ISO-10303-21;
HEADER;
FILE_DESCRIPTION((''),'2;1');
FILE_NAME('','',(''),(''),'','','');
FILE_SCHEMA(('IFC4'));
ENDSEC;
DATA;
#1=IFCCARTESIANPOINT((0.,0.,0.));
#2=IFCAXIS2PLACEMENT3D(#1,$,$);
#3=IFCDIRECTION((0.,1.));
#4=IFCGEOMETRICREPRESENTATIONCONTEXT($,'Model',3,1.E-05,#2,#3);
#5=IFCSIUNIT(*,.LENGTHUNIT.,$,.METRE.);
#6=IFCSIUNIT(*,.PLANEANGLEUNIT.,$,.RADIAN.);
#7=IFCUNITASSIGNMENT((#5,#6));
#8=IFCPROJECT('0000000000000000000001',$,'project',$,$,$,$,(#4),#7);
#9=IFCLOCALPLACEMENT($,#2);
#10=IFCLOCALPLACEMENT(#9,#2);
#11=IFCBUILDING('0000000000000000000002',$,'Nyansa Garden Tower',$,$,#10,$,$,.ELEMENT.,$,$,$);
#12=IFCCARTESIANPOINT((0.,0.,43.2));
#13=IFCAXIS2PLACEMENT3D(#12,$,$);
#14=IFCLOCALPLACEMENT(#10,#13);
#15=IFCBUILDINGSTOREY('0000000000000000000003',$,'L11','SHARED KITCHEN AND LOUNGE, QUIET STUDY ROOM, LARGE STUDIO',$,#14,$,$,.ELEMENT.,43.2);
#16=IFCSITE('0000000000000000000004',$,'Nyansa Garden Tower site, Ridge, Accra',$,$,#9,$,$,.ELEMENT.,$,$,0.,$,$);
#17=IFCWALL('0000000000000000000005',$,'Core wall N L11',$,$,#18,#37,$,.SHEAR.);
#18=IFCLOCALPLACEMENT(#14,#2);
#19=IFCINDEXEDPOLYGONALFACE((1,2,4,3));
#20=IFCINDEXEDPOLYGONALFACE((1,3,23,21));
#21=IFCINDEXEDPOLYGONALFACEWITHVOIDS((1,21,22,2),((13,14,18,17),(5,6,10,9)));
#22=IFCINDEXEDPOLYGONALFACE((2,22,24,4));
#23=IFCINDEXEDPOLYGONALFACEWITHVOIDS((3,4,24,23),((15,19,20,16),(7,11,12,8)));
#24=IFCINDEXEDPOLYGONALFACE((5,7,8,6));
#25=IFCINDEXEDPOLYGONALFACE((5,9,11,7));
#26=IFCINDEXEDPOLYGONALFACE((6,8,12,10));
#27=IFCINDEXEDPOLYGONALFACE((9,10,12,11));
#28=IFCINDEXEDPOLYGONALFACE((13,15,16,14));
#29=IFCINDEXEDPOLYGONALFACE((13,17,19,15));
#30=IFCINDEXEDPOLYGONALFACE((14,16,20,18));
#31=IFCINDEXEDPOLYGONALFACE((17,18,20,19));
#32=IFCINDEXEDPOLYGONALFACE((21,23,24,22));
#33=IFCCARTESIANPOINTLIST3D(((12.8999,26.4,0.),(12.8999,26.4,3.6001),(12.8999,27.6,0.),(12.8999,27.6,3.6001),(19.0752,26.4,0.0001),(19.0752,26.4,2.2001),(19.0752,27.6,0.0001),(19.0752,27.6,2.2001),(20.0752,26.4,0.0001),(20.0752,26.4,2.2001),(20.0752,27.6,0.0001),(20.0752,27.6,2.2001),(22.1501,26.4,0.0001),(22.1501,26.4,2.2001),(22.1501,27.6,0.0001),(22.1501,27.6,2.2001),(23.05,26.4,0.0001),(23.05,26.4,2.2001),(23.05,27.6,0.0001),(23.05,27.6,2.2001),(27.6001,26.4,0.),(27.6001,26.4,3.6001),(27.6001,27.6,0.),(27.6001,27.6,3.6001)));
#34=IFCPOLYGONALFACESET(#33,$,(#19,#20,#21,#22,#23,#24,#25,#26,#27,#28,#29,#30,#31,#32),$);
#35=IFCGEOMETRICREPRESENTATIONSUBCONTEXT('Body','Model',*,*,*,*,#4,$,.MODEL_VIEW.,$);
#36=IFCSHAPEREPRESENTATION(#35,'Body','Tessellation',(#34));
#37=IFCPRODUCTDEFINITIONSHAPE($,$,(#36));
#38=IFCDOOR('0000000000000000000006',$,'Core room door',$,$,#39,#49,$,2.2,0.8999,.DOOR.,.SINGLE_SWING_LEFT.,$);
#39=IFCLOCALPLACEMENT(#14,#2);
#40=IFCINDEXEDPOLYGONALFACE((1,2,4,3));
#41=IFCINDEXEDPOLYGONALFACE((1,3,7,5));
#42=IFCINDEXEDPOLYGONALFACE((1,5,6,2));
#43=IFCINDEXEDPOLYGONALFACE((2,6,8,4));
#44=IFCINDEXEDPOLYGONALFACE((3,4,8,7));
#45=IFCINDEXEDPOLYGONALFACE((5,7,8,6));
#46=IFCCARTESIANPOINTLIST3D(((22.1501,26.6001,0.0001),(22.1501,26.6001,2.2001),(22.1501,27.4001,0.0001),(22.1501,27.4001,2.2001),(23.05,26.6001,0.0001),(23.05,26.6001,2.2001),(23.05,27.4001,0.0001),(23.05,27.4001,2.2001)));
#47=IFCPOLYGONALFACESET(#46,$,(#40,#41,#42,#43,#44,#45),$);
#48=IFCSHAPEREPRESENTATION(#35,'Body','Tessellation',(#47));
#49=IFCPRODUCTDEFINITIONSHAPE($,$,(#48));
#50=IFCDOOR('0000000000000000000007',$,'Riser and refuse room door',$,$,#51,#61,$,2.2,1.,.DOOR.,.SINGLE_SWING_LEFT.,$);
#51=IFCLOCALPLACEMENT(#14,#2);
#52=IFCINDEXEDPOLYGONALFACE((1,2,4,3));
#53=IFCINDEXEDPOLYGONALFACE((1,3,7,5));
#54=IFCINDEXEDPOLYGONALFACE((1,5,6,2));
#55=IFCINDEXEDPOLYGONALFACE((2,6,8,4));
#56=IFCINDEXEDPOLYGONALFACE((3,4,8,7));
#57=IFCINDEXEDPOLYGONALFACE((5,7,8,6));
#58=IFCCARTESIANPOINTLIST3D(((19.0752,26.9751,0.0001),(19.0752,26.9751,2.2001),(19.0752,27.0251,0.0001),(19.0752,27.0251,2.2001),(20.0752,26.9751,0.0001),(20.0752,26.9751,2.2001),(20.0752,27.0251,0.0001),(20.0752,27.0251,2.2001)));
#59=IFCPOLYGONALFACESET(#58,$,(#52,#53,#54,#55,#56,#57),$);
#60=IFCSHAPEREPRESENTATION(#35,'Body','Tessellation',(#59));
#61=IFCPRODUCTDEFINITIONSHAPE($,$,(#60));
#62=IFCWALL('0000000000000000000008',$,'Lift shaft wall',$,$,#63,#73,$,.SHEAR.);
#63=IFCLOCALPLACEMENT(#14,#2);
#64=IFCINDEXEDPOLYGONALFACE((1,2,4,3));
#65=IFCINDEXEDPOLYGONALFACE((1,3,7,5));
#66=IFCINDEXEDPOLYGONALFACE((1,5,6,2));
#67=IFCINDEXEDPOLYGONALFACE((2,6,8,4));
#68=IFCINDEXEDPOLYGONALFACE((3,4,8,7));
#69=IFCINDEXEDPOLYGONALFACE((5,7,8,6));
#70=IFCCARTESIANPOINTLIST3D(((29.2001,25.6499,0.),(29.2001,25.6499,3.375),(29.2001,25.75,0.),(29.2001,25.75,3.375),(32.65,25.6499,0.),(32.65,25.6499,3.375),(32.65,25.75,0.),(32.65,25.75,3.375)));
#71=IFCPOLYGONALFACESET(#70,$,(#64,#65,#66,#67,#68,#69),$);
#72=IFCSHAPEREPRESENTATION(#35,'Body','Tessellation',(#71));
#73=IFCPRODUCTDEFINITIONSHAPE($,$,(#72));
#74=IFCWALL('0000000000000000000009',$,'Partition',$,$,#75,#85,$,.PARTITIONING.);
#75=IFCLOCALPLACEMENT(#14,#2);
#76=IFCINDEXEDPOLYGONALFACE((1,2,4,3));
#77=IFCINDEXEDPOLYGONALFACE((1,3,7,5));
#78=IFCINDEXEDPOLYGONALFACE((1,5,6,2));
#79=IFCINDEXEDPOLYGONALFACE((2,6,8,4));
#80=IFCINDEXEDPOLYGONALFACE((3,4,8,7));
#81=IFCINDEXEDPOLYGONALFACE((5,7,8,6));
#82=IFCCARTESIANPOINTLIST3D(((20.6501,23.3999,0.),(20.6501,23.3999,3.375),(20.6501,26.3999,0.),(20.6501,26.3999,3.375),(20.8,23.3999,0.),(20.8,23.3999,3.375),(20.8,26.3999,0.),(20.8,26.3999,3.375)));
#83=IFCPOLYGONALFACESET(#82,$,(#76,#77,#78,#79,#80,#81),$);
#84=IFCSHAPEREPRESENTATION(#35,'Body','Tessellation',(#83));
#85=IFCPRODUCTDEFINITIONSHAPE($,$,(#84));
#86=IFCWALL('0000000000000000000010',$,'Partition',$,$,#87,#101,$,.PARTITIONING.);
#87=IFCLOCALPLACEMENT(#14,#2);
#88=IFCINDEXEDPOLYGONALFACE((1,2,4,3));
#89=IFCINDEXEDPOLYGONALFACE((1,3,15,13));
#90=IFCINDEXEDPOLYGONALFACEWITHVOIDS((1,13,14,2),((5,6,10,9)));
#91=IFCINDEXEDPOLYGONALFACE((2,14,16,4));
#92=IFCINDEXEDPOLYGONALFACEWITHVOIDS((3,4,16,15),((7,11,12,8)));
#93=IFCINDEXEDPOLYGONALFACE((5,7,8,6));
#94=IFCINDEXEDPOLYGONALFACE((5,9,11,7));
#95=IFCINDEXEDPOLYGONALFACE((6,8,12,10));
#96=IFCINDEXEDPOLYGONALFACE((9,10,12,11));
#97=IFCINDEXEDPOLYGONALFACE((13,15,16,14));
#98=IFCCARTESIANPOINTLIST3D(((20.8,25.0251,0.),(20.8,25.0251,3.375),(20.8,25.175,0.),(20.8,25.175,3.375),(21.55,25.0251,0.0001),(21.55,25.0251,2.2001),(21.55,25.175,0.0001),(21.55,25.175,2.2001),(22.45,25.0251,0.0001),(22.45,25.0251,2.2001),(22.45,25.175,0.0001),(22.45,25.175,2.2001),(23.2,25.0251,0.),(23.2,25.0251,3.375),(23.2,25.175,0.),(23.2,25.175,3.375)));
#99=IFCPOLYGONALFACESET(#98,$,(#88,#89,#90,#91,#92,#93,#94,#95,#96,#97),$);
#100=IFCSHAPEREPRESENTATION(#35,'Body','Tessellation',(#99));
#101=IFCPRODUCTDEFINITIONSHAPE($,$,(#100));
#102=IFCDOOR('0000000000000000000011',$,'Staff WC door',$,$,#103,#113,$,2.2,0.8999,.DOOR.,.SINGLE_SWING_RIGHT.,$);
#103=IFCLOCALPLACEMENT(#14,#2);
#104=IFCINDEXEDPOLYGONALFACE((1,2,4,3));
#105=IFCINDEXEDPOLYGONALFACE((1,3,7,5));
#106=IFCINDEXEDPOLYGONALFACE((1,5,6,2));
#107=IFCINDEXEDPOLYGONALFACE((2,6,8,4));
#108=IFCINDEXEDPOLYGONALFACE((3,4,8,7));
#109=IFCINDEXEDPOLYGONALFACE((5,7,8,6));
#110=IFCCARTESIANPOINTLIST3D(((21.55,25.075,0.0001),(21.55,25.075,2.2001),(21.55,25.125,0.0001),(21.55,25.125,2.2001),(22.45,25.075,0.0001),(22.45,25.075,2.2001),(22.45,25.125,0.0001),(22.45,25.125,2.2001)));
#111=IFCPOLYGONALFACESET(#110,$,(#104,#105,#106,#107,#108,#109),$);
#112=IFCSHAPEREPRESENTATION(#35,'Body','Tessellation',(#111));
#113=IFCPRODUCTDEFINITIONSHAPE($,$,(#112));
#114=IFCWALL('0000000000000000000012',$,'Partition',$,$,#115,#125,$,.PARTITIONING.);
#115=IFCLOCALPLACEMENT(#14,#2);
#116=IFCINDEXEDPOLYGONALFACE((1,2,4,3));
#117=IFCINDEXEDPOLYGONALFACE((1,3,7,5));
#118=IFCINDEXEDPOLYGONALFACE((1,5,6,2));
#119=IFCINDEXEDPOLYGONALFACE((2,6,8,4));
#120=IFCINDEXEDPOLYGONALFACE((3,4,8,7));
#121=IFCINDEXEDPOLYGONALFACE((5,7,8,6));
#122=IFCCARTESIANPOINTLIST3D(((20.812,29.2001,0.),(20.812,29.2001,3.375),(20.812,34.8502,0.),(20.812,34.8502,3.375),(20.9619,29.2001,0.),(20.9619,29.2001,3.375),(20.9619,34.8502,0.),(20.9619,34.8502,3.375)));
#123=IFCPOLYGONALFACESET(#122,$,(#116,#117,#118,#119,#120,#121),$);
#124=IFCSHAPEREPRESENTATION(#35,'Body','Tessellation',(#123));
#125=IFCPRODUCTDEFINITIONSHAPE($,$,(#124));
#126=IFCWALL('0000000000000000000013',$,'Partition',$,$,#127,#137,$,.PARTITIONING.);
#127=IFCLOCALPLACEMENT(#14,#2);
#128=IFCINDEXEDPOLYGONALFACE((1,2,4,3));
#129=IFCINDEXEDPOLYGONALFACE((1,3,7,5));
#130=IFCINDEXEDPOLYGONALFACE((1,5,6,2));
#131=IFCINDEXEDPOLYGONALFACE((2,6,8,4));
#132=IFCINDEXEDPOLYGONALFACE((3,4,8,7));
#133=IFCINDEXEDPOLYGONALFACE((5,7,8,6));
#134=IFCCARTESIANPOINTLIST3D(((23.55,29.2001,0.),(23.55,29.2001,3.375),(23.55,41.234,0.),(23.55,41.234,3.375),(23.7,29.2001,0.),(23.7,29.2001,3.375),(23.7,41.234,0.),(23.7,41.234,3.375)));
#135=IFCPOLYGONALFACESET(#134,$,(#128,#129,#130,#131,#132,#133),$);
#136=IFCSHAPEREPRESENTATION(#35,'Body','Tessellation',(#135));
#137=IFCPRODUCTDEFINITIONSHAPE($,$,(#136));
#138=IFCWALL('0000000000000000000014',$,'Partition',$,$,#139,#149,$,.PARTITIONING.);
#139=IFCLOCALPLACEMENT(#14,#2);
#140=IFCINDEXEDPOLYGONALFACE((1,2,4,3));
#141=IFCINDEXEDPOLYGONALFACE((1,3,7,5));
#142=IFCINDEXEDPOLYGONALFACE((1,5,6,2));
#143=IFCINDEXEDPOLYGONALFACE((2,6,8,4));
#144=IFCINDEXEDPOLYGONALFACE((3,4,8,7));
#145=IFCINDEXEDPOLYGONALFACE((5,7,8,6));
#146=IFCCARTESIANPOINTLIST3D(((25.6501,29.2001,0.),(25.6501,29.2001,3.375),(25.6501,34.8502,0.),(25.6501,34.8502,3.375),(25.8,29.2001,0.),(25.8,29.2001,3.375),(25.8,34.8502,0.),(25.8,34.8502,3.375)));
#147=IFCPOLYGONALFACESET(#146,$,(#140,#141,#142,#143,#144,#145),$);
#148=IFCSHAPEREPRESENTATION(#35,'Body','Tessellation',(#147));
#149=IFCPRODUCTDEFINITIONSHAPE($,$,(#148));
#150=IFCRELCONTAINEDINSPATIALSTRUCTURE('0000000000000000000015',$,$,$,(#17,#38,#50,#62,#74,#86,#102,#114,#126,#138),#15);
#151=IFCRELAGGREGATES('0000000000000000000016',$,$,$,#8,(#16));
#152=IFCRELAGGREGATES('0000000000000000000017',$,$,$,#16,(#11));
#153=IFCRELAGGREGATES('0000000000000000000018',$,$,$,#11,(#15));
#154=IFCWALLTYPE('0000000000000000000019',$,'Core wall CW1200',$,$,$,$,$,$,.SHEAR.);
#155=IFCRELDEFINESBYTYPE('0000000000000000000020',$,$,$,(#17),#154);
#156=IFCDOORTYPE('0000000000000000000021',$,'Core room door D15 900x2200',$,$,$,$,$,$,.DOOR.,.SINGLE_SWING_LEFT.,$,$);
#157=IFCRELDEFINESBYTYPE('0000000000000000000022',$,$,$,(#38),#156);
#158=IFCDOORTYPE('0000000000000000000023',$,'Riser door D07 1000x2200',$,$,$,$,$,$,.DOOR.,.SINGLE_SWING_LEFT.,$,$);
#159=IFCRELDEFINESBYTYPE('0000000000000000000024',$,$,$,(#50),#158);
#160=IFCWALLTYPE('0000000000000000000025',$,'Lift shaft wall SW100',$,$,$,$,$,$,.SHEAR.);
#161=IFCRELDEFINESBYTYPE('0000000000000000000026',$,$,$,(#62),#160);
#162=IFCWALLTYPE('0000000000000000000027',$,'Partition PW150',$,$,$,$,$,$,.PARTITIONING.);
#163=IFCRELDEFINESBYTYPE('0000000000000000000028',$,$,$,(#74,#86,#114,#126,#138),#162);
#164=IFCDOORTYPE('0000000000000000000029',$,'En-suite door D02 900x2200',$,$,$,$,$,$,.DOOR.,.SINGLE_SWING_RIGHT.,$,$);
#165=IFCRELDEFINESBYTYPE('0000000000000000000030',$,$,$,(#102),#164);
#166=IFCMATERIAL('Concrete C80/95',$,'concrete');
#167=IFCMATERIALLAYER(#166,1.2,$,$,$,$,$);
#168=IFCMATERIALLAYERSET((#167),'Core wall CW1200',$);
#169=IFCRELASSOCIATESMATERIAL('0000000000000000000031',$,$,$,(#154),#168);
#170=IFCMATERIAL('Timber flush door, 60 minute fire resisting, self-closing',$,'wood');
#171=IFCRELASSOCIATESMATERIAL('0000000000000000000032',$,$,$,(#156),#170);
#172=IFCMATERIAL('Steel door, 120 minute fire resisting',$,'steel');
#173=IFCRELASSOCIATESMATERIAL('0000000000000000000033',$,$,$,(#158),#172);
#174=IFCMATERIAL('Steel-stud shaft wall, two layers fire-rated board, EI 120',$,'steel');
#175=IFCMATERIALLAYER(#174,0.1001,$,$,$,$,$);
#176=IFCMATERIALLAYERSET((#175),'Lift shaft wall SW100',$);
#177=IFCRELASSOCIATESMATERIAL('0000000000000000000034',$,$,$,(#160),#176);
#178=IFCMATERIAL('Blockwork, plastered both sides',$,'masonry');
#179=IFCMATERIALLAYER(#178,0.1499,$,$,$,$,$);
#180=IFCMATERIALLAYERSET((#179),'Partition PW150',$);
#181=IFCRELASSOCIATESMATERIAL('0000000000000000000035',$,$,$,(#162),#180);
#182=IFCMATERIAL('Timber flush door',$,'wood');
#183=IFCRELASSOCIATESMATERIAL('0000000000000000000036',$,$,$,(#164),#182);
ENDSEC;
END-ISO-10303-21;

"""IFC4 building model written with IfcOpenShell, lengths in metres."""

from ifc_helpers import new_model, si_unit, direction, frame, frame_2d, origin, place, context, subcontext, project, spatial, rectangle, extrude, material, layer, layer_set, type_object, element, fill, save


model = new_model("IFC4")

# Units and contexts
model_context = context("Model", 3, precision=1e-05, world=origin(), true_north=direction((0.0, 1.0)))
body_context = subcontext(model_context, "Body", "Model", "MODEL_VIEW")
ifc_project = project(units=[si_unit("LENGTHUNIT", "METRE"), si_unit("PLANEANGLEUNIT", "RADIAN")], contexts=[model_context])

# Site, building, storey
site_placement = place(None, origin())
site = spatial("IfcSite", under=ifc_project, at=site_placement, Name="Nyansa Garden Tower site, Ridge, Accra", CompositionType="ELEMENT", RefElevation=0.0)
building_placement = place(site_placement, origin())
building = spatial("IfcBuilding", under=site, at=building_placement, Name="Nyansa Garden Tower", CompositionType="ELEMENT")
storey_placement = place(building_placement, frame((0.0, 0.0, 43.2)))
storey = spatial("IfcBuildingStorey", under=building, at=storey_placement, Name="L11", Description="SHARED KITCHEN AND LOUNGE, QUIET STUDY ROOM, LARGE STUDIO", CompositionType="ELEMENT", Elevation=43.2)

# Wall, openings, doors
ifc_material_1 = material(Name="Concrete C80/95", Category="concrete")
ifc_layer_1 = layer(ifc_material_1, 1.2)
ifc_layer_set_1 = layer_set([ifc_layer_1], Name="Core wall CW1200")
wall_type_1 = type_object("IfcWallType", Name="Core wall CW1200", PredefinedType="SHEAR", material=ifc_layer_set_1)
wall_1_placement = place(storey_placement, frame((27.6001, 27.0, 0.0), z_axis=(0.0, 0.0, 1.0), x_axis=(-1.0, 0.0, 0.0)))
wall_1 = element("IfcWall", 1, at=wall_1_placement, inside=storey, type_object=wall_type_1, Name="Core wall N L11", PredefinedType="SHEAR", context=body_context, shape_type="SweptSolid", body=[
    extrude(rectangle(XDim=14.7002, YDim=1.2, at=frame_2d((7.3501, 0.0))), origin(), (0.0, 0.0, 1.0), 3.6001),
])
opening_1_placement = place(wall_1_placement, frame((4.55, 0.0, 0.0)))
opening_1 = element("IfcOpeningElement", 2, at=opening_1_placement, cuts=wall_1, PredefinedType="OPENING", context=body_context, shape_type="SweptSolid", body=[
    extrude(rectangle(XDim=0.8999, YDim=2.2, at=frame_2d((0.45, 1.1001))), frame((0.0, 0.6099, 0.0), z_axis=(0.0, -1.0, 0.0), x_axis=(1.0, 0.0, 0.0)), (0.0, 0.0, 1.0), 1.22),
])
opening_2_placement = place(wall_1_placement, frame((7.5249, 0.0, 0.0)))
opening_2 = element("IfcOpeningElement", 3, at=opening_2_placement, cuts=wall_1, PredefinedType="OPENING", context=body_context, shape_type="SweptSolid", body=[
    extrude(rectangle(XDim=1.0, YDim=2.2, at=frame_2d((0.5, 1.1001))), frame((0.0, 0.6099, 0.0), z_axis=(0.0, -1.0, 0.0), x_axis=(1.0, 0.0, 0.0)), (0.0, 0.0, 1.0), 1.22),
])
ifc_material_2 = material(Name="Timber flush door, 60 minute fire resisting, self-closing", Category="wood")
door_type_1 = type_object("IfcDoorType", Name="Core room door D15 900x2200", OperationType="SINGLE_SWING_LEFT", PredefinedType="DOOR", material=ifc_material_2)
door_1_placement = place(opening_1_placement, origin())
door_1 = element("IfcDoor", 4, at=door_1_placement, inside=storey, type_object=door_type_1, Name="Core room door", OperationType="SINGLE_SWING_LEFT", OverallHeight=2.2, OverallWidth=0.8999, PredefinedType="DOOR", context=body_context, shape_type="SweptSolid", body=[
    extrude(rectangle(XDim=0.8999, YDim=2.2, at=frame_2d((0.45, 1.1001))), frame((0.0, 0.3999, 0.0), z_axis=(0.0, -1.0, 0.0), x_axis=(1.0, 0.0, 0.0)), (0.0, 0.0, 1.0), 0.8),
])
fill(opening_1, door_1)
ifc_material_3 = material(Name="Steel door, 120 minute fire resisting", Category="steel")
door_type_2 = type_object("IfcDoorType", Name="Riser door D07 1000x2200", OperationType="SINGLE_SWING_LEFT", PredefinedType="DOOR", material=ifc_material_3)
door_2_placement = place(opening_2_placement, origin())
door_2 = element("IfcDoor", 5, at=door_2_placement, inside=storey, type_object=door_type_2, Name="Riser and refuse room door", OperationType="SINGLE_SWING_LEFT", OverallHeight=2.2, OverallWidth=1.0, PredefinedType="DOOR", context=body_context, shape_type="SweptSolid", body=[
    extrude(rectangle(XDim=1.0, YDim=2.2, at=frame_2d((0.5, 1.1001))), frame((0.0, 0.0249, 0.0), z_axis=(0.0, -1.0, 0.0), x_axis=(1.0, 0.0, 0.0)), (0.0, 0.0, 1.0), 0.05),
])
fill(opening_2, door_2)

# Walls
ifc_material_4 = material(Name="Steel-stud shaft wall, two layers fire-rated board, EI 120", Category="steel")
ifc_layer_2 = layer(ifc_material_4, 0.1001)
ifc_layer_set_2 = layer_set([ifc_layer_2], Name="Lift shaft wall SW100")
wall_type_2 = type_object("IfcWallType", Name="Lift shaft wall SW100", PredefinedType="SHEAR", material=ifc_layer_set_2)
wall_2_placement = place(storey_placement, frame((29.2, 25.7, 0.0), z_axis=(0.0, 0.0, 1.0), x_axis=(1.0, 0.0, 0.0)))
element("IfcWall", 6, at=wall_2_placement, inside=storey, type_object=wall_type_2, Name="Lift shaft wall", PredefinedType="SHEAR", context=body_context, shape_type="SweptSolid", body=[
    extrude(rectangle(XDim=3.45, YDim=0.1001, at=frame_2d((1.7251, 0.0))), origin(), (0.0, 0.0, 1.0), 3.375),
])
ifc_material_5 = material(Name="Blockwork, plastered both sides", Category="masonry")
ifc_layer_3 = layer(ifc_material_5, 0.1499)
ifc_layer_set_3 = layer_set([ifc_layer_3], Name="Partition PW150")
wall_type_3 = type_object("IfcWallType", Name="Partition PW150", PredefinedType="PARTITIONING", material=ifc_layer_set_3)
wall_3_placement = place(storey_placement, frame((20.7251, 23.3999, 0.0), z_axis=(0.0, 0.0, 1.0), x_axis=(0.0, 1.0, 0.0)))
element("IfcWall", 7, at=wall_3_placement, inside=storey, type_object=wall_type_3, Name="Partition", PredefinedType="PARTITIONING", context=body_context, shape_type="SweptSolid", body=[
    extrude(rectangle(XDim=3.0, YDim=0.1499, at=frame_2d((1.5, 0.0))), origin(), (0.0, 0.0, 1.0), 3.375),
])

# Wall, opening, door
wall_4_placement = place(storey_placement, frame((20.8, 25.1001, 0.0), z_axis=(0.0, 0.0, 1.0), x_axis=(1.0, 0.0, 0.0)))
wall_4 = element("IfcWall", 8, at=wall_4_placement, inside=storey, type_object=wall_type_3, Name="Partition", PredefinedType="PARTITIONING", context=body_context, shape_type="SweptSolid", body=[
    extrude(rectangle(XDim=2.3999, YDim=0.1499, at=frame_2d((1.2, 0.0))), origin(), (0.0, 0.0, 1.0), 3.375),
])
opening_3_placement = place(wall_4_placement, frame((0.75, 0.0, 0.0)))
opening_3 = element("IfcOpeningElement", 9, at=opening_3_placement, cuts=wall_4, PredefinedType="OPENING", context=body_context, shape_type="SweptSolid", body=[
    extrude(rectangle(XDim=0.8999, YDim=2.2, at=frame_2d((0.45, 1.1001))), frame((0.0, 0.085, 0.0), z_axis=(0.0, -1.0, 0.0), x_axis=(1.0, 0.0, 0.0)), (0.0, 0.0, 1.0), 0.1699),
])
ifc_material_6 = material(Name="Timber flush door", Category="wood")
door_type_3 = type_object("IfcDoorType", Name="En-suite door D02 900x2200", OperationType="SINGLE_SWING_RIGHT", PredefinedType="DOOR", material=ifc_material_6)
door_3_placement = place(opening_3_placement, origin())
door_3 = element("IfcDoor", 10, at=door_3_placement, inside=storey, type_object=door_type_3, Name="Staff WC door", OperationType="SINGLE_SWING_RIGHT", OverallHeight=2.2, OverallWidth=0.8999, PredefinedType="DOOR", context=body_context, shape_type="SweptSolid", body=[
    extrude(rectangle(XDim=0.8999, YDim=2.2, at=frame_2d((0.45, 1.1001))), frame((0.0, 0.0249, 0.0), z_axis=(0.0, -1.0, 0.0), x_axis=(1.0, 0.0, 0.0)), (0.0, 0.0, 1.0), 0.05),
])
fill(opening_3, door_3)

# Walls
wall_5_placement = place(storey_placement, frame((20.887, 29.2, 0.0), z_axis=(0.0, 0.0, 1.0), x_axis=(0.0, 1.0, 0.0)))
element("IfcWall", 11, at=wall_5_placement, inside=storey, type_object=wall_type_3, Name="Partition", PredefinedType="PARTITIONING", context=body_context, shape_type="SweptSolid", body=[
    extrude(rectangle(XDim=5.6501, YDim=0.1499, at=frame_2d((2.8252, 0.0))), origin(), (0.0, 0.0, 1.0), 3.375),
])
wall_6_placement = place(storey_placement, frame((23.625, 29.2, 0.0), z_axis=(0.0, 0.0, 1.0), x_axis=(0.0, 1.0, 0.0)))
element("IfcWall", 12, at=wall_6_placement, inside=storey, type_object=wall_type_3, Name="Partition", PredefinedType="PARTITIONING", context=body_context, shape_type="SweptSolid", body=[
    extrude(rectangle(XDim=12.0339, YDim=0.1499, at=frame_2d((6.0171, 0.0))), origin(), (0.0, 0.0, 1.0), 3.375),
])
wall_7_placement = place(storey_placement, frame((25.7251, 29.2, 0.0), z_axis=(0.0, 0.0, 1.0), x_axis=(0.0, 1.0, 0.0)))
element("IfcWall", 13, at=wall_7_placement, inside=storey, type_object=wall_type_3, Name="Partition", PredefinedType="PARTITIONING", context=body_context, shape_type="SweptSolid", body=[
    extrude(rectangle(XDim=5.6501, YDim=0.1499, at=frame_2d((2.8252, 0.0))), origin(), (0.0, 0.0, 1.0), 3.375),
])

save(model, "model.ifc")
